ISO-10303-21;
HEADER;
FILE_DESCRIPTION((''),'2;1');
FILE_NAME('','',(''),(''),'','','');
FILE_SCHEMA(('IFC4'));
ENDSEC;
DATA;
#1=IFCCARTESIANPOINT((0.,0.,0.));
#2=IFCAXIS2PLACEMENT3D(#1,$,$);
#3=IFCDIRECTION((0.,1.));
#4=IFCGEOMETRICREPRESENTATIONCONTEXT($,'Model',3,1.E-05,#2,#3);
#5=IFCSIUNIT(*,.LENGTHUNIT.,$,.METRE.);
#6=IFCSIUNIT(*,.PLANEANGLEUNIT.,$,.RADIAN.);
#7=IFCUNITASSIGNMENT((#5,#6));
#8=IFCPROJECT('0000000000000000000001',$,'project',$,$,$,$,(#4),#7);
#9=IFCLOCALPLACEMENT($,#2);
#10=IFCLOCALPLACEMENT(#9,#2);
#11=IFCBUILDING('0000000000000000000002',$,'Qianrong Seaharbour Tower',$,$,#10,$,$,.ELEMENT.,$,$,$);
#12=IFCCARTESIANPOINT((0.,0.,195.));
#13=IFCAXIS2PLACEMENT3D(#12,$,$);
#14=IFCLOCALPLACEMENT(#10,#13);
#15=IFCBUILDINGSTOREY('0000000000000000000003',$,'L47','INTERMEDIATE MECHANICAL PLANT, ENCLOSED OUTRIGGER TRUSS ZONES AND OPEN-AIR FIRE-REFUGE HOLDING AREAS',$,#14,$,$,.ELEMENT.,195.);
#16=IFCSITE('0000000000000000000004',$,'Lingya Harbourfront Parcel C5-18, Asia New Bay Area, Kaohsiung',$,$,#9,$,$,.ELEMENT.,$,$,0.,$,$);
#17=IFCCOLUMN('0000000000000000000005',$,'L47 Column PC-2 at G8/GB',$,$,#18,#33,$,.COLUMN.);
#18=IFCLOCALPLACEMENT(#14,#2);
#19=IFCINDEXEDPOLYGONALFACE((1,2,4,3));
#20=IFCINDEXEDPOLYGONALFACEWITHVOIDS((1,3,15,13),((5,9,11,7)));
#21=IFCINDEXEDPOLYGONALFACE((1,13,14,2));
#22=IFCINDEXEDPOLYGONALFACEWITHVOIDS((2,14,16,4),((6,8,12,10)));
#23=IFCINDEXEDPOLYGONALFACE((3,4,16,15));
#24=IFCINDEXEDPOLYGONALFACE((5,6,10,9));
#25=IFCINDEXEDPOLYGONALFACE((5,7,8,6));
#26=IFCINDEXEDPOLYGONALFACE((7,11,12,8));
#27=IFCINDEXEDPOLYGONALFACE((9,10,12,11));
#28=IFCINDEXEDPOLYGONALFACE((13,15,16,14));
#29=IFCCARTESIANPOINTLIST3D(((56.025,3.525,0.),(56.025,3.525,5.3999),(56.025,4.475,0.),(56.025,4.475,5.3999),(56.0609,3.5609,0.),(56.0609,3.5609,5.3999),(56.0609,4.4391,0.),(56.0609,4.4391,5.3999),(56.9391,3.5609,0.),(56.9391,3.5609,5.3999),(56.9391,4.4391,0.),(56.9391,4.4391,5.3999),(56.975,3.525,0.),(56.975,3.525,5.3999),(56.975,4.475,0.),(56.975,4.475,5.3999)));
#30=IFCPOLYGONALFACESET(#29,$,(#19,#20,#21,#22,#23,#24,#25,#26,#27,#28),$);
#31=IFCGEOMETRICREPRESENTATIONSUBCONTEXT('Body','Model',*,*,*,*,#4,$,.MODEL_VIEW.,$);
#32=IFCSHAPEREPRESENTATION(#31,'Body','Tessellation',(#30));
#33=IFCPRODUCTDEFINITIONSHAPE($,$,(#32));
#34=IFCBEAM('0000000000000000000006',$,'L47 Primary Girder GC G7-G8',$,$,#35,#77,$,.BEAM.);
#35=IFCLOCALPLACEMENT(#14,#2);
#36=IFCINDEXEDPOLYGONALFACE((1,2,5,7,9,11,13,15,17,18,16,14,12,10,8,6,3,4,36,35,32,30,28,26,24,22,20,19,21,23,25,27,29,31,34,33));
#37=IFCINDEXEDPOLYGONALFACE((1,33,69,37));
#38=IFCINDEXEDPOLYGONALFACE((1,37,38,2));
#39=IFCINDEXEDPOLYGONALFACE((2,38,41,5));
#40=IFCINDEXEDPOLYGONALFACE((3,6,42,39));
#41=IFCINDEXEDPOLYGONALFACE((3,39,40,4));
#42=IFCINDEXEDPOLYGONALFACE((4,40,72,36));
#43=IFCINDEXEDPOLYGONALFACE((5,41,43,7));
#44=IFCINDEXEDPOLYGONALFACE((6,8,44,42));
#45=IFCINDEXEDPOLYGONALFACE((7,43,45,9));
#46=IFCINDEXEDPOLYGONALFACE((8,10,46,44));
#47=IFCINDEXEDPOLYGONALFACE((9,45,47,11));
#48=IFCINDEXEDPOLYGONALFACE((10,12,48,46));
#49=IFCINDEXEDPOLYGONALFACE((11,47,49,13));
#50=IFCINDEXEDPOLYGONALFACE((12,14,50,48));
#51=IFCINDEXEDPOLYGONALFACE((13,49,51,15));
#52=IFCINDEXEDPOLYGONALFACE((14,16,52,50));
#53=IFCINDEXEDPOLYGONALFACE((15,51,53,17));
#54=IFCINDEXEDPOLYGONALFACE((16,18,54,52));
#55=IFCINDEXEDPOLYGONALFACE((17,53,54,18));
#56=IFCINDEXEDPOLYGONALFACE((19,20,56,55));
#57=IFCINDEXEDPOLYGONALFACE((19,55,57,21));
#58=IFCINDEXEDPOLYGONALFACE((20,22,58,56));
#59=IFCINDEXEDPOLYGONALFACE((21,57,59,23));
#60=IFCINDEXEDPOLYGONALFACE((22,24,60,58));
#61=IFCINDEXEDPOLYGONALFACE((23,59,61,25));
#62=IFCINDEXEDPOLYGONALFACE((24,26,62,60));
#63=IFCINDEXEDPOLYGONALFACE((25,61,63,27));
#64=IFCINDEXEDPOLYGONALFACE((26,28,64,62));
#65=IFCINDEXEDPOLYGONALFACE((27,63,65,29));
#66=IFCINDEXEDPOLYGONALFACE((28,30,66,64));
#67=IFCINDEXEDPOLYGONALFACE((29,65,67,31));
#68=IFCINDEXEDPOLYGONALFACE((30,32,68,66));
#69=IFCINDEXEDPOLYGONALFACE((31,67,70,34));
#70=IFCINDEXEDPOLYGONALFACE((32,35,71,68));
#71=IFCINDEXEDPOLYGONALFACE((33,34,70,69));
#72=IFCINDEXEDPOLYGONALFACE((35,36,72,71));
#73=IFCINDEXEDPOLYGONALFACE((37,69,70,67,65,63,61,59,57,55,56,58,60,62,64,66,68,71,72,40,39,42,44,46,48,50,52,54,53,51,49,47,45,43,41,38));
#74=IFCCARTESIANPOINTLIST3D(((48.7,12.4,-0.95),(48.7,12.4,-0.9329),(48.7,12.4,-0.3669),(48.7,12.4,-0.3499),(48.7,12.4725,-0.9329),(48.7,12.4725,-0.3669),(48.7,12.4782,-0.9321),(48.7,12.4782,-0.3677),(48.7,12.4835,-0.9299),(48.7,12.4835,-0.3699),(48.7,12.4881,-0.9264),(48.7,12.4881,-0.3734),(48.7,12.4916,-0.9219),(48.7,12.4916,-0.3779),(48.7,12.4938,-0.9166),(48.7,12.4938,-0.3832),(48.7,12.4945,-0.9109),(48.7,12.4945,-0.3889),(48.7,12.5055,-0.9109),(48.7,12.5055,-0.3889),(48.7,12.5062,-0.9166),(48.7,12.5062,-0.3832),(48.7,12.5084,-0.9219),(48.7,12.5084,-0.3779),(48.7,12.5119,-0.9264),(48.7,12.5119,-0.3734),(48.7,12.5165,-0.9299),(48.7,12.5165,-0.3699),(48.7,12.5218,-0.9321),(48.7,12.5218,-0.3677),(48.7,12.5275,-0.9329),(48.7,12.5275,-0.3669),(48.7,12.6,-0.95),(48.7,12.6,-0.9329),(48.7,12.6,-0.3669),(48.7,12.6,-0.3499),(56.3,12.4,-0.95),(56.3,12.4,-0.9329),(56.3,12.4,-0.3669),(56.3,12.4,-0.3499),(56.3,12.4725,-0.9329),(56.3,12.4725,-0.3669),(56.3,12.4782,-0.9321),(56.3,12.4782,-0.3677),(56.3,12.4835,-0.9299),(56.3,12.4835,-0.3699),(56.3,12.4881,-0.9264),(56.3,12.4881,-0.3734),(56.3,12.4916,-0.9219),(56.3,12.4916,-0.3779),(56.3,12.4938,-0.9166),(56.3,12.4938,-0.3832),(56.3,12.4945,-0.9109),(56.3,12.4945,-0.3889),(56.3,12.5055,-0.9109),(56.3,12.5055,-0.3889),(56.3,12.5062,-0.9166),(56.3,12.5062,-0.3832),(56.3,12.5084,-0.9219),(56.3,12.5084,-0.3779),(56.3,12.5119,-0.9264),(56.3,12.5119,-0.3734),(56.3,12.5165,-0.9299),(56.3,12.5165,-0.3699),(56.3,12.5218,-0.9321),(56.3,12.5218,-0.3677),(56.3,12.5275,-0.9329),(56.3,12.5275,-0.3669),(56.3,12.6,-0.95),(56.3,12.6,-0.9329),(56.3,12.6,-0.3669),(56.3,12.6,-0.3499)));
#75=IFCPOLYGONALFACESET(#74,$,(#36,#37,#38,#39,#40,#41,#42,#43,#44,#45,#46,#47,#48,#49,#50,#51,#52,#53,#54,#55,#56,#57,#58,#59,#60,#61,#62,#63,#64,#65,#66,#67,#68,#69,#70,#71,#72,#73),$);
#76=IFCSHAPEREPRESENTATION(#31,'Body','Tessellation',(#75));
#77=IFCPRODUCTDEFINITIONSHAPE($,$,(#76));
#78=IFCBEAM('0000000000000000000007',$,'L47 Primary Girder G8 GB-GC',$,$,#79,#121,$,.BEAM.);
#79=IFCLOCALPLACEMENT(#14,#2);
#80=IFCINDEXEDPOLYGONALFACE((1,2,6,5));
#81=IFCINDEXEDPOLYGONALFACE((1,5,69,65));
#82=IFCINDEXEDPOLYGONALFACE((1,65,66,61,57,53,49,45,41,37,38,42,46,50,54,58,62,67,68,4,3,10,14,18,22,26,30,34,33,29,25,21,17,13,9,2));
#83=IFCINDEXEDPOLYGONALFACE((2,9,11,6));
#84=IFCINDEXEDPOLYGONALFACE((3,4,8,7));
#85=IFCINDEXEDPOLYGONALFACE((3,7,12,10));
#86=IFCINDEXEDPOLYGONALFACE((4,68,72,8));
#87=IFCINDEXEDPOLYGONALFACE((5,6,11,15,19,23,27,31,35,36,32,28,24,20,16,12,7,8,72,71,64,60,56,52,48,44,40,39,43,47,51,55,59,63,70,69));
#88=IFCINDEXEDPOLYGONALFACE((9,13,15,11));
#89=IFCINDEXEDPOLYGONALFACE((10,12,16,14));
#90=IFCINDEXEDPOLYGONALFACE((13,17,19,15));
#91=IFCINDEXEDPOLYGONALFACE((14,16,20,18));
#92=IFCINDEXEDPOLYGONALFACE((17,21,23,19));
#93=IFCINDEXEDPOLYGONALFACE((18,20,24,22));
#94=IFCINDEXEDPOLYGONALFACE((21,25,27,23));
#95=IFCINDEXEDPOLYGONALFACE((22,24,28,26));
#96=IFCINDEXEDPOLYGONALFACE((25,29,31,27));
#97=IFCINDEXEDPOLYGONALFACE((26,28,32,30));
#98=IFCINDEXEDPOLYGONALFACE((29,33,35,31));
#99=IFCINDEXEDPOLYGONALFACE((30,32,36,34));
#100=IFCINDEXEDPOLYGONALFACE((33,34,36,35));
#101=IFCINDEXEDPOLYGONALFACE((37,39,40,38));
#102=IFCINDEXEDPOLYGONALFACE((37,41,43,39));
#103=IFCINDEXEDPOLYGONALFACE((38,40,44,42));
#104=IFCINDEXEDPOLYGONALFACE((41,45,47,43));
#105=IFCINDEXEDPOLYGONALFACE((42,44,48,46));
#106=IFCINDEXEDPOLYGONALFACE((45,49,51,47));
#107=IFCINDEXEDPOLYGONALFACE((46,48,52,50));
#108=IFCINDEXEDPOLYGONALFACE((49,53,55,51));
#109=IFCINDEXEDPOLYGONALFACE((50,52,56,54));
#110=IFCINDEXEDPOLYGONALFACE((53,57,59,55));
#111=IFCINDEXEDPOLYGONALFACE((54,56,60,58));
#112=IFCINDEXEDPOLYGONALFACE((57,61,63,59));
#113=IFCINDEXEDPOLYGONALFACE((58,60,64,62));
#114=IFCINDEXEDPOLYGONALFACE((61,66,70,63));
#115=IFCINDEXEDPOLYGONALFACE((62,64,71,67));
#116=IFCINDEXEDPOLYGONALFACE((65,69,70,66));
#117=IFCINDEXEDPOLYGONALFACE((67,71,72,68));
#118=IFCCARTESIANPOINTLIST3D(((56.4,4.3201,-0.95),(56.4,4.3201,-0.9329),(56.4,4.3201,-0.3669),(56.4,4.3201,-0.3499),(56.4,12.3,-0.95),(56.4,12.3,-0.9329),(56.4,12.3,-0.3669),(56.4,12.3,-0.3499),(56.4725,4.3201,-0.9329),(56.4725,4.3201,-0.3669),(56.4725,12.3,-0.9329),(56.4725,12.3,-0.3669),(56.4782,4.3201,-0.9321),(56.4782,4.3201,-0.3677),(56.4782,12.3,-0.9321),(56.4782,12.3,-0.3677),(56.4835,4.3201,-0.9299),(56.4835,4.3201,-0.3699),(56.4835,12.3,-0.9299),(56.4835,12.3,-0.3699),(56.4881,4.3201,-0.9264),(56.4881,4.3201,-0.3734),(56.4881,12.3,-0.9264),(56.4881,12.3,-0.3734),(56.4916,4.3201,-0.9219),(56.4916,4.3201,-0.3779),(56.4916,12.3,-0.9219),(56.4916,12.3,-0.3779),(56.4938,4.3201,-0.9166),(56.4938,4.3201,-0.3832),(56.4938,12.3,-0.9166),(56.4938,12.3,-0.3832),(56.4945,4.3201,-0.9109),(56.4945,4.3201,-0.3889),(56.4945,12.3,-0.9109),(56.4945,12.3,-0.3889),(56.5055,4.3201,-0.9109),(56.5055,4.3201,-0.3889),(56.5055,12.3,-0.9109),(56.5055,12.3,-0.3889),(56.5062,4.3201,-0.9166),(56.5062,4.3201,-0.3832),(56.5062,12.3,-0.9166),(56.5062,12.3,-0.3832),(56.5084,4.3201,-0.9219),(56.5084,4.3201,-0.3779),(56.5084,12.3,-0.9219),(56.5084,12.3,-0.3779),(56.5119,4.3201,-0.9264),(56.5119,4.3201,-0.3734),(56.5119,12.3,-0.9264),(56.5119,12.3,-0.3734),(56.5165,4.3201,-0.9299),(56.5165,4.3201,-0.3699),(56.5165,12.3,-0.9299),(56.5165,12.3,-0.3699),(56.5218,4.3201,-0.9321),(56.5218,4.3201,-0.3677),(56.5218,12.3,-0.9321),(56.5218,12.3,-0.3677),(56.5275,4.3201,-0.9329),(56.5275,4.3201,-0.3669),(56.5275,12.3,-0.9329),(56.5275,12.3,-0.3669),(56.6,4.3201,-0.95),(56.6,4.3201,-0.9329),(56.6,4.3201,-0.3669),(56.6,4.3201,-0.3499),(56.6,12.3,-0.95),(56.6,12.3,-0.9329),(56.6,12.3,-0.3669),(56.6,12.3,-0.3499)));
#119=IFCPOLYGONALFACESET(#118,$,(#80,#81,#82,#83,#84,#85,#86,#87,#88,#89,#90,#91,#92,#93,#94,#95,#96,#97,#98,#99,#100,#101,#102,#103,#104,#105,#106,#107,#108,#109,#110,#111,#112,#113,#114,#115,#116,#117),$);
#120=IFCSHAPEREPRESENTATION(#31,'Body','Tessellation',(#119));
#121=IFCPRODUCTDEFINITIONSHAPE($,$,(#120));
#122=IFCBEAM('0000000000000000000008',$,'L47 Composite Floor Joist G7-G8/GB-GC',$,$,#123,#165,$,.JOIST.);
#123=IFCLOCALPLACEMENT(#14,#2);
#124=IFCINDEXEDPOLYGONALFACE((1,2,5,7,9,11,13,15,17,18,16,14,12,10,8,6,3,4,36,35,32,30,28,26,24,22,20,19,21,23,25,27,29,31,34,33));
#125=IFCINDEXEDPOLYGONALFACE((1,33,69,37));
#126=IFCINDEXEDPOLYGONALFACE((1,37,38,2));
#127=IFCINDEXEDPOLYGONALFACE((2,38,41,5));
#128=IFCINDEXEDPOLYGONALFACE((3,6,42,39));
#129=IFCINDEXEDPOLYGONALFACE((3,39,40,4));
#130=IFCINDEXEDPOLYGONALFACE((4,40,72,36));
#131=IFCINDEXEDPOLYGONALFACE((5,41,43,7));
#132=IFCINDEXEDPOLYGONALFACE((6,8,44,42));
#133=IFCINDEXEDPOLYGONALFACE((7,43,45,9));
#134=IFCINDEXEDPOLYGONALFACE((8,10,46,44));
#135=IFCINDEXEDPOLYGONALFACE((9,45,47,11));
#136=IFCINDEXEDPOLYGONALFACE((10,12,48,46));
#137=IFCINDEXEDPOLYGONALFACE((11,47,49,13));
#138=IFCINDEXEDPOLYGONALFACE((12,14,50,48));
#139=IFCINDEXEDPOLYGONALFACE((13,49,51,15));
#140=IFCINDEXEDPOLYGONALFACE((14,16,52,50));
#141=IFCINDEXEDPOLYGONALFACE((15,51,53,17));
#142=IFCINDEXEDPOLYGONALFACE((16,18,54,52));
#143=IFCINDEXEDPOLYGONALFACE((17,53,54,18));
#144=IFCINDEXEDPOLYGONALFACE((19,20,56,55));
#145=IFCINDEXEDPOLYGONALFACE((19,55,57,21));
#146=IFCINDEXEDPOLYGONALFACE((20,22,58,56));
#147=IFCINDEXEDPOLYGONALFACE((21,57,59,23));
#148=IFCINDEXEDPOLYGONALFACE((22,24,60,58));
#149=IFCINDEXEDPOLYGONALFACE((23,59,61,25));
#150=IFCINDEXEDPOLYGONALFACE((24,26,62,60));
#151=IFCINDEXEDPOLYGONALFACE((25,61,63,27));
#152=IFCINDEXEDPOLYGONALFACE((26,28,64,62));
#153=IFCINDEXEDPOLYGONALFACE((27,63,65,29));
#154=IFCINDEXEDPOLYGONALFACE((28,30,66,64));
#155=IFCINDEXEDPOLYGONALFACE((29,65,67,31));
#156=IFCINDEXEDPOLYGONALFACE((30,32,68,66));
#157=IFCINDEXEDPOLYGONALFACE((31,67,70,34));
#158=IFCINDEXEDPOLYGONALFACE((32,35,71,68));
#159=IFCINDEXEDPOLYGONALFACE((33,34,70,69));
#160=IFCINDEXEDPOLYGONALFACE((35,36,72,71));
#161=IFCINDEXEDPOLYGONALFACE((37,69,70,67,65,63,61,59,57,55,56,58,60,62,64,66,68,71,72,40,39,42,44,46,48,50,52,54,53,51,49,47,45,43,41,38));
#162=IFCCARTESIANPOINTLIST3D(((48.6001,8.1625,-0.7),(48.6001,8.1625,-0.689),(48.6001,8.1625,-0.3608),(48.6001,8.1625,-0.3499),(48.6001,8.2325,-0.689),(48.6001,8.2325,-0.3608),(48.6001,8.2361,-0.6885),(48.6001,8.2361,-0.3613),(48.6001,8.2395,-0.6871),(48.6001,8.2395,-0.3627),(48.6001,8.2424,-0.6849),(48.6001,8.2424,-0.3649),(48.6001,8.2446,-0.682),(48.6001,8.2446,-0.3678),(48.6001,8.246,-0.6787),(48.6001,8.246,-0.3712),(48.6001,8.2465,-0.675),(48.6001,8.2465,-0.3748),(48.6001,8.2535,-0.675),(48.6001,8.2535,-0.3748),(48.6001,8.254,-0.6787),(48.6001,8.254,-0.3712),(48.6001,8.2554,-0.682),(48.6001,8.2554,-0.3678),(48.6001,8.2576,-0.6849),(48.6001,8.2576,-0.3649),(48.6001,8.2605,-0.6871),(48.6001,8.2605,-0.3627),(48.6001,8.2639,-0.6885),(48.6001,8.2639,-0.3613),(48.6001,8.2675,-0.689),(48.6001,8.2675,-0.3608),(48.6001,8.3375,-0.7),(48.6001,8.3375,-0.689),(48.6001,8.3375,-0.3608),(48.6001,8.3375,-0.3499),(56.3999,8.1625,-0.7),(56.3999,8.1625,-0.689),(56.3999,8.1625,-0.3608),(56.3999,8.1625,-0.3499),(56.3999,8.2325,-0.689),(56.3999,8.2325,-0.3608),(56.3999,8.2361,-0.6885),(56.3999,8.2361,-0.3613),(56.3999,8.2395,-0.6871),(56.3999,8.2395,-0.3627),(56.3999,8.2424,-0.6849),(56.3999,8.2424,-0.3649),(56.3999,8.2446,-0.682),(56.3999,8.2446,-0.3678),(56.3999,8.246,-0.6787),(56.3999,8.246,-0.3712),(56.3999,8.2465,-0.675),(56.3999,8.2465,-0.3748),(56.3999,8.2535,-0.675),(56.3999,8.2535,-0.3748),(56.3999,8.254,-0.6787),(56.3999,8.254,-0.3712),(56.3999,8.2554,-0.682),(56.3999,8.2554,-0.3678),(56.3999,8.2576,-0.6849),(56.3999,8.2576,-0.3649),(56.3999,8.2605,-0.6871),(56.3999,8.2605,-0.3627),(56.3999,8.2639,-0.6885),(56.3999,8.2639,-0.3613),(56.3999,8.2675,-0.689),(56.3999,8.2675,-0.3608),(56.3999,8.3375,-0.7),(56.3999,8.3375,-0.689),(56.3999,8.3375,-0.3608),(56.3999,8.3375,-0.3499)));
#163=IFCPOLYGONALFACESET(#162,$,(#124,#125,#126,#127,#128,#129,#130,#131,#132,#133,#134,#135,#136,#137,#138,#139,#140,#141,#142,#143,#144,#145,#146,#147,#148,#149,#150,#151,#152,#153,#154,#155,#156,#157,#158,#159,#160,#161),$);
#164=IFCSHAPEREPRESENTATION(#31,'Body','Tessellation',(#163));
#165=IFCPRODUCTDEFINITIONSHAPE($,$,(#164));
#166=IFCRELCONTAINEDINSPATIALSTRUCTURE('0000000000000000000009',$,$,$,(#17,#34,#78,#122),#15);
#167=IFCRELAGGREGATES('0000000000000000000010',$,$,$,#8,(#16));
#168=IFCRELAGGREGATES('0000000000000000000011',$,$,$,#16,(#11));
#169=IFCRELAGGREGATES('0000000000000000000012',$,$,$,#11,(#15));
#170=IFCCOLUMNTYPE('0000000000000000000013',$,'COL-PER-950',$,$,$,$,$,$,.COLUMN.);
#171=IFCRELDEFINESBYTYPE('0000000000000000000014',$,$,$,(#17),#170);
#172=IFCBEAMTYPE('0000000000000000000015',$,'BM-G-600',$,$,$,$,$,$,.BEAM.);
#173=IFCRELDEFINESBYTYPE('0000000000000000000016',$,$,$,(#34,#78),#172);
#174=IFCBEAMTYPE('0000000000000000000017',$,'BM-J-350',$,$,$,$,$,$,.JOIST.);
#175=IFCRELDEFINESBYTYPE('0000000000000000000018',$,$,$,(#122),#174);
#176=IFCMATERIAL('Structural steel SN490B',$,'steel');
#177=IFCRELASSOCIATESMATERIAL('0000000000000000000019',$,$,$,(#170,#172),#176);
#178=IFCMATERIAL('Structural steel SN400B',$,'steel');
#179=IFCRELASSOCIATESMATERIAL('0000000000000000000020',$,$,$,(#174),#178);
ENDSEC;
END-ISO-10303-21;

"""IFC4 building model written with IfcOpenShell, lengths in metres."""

from ifc_helpers import new_model, si_unit, direction, frame, origin, origin_2d, place, context, subcontext, project, spatial, hollow_rectangle, i_section, extrude, material, material_profile, profile_set, type_object, element, save


model = new_model("IFC4")

# Units and contexts
model_context = context("Model", 3, precision=1e-05, world=origin(), true_north=direction((0.0, 1.0)))
body_context = subcontext(model_context, "Body", "Model", "MODEL_VIEW")
ifc_project = project(units=[si_unit("LENGTHUNIT", "METRE"), si_unit("PLANEANGLEUNIT", "RADIAN")], contexts=[model_context])

# Site, building, storey
site_placement = place(None, origin())
site = spatial("IfcSite", under=ifc_project, at=site_placement, Name="Lingya Harbourfront Parcel C5-18, Asia New Bay Area, Kaohsiung", CompositionType="ELEMENT", RefElevation=0.0)
building_placement = place(site_placement, origin())
building = spatial("IfcBuilding", under=site, at=building_placement, Name="Qianrong Seaharbour Tower", CompositionType="ELEMENT")
storey_placement = place(building_placement, frame((0.0, 0.0, 195.0)))
storey = spatial("IfcBuildingStorey", under=building, at=storey_placement, Name="L47", Description="INTERMEDIATE MECHANICAL PLANT, ENCLOSED OUTRIGGER TRUSS ZONES AND OPEN-AIR FIRE-REFUGE HOLDING AREAS", CompositionType="ELEMENT", Elevation=195.0)

# Column
ifc_material_1 = material(Name="Structural steel SN490B", Category="steel")
ifc_material_profile_1 = material_profile(ifc_material_1, hollow_rectangle(XDim=0.95, YDim=0.95, WallThickness=0.0359, at=origin_2d()), Name="BOX950x950x36")
ifc_profile_set_1 = profile_set([ifc_material_profile_1], Name="Structural steel SN490B")
column_type = type_object("IfcColumnType", Name="COL-PER-950", PredefinedType="COLUMN", material=ifc_profile_set_1)
column_placement = place(storey_placement, frame((56.5, 4.0, 0.0), z_axis=(0.0, 0.0, 1.0), x_axis=(1.0, 0.0, 0.0)))
element("IfcColumn", 1, at=column_placement, inside=storey, type_object=column_type, Name="L47 Column PC-2 at G8/GB", PredefinedType="COLUMN", context=body_context, shape_type="SweptSolid", body=[
    extrude(hollow_rectangle(XDim=0.95, YDim=0.95, WallThickness=0.0359, at=origin_2d()), origin(), (0.0, 0.0, 1.0), 5.3999),
])

# Beams
ifc_material_profile_2 = material_profile(ifc_material_1, i_section(OverallWidth=0.2, OverallDepth=0.6001, WebThickness=0.011, FlangeThickness=0.0171, FilletRadius=0.022, at=origin_2d()), Name="H600x200x11x17")
ifc_profile_set_2 = profile_set([ifc_material_profile_2], Name="Structural steel SN490B")
beam_type_1 = type_object("IfcBeamType", Name="BM-G-600", PredefinedType="BEAM", material=ifc_profile_set_2)
beam_1_placement = place(storey_placement, frame((48.7, 12.5, -0.6499), z_axis=(1.0, 0.0, 0.0), x_axis=(0.0, 1.0, 0.0)))
element("IfcBeam", 2, at=beam_1_placement, inside=storey, type_object=beam_type_1, Name="L47 Primary Girder GC G7-G8", PredefinedType="BEAM", context=body_context, shape_type="SweptSolid", body=[
    extrude(i_section(OverallWidth=0.2, OverallDepth=0.6001, WebThickness=0.011, FlangeThickness=0.0171, FilletRadius=0.022, at=origin_2d()), origin(), (0.0, 0.0, 1.0), 7.6001),
])
beam_2_placement = place(storey_placement, frame((56.5, 4.3201, -0.6499), z_axis=(0.0, 1.0, 0.0), x_axis=(-1.0, 0.0, 0.0)))
element("IfcBeam", 3, at=beam_2_placement, inside=storey, type_object=beam_type_1, Name="L47 Primary Girder G8 GB-GC", PredefinedType="BEAM", context=body_context, shape_type="SweptSolid", body=[
    extrude(i_section(OverallWidth=0.2, OverallDepth=0.6001, WebThickness=0.011, FlangeThickness=0.0171, FilletRadius=0.022, at=origin_2d()), origin(), (0.0, 0.0, 1.0), 7.98),
])
ifc_material_2 = material(Name="Structural steel SN400B", Category="steel")
ifc_material_profile_3 = material_profile(ifc_material_2, i_section(OverallWidth=0.175, OverallDepth=0.3501, WebThickness=0.0071, FlangeThickness=0.011, FilletRadius=0.0139, at=origin_2d()), Name="H350x175x7x11")
ifc_profile_set_3 = profile_set([ifc_material_profile_3], Name="Structural steel SN400B")
beam_type_2 = type_object("IfcBeamType", Name="BM-J-350", PredefinedType="JOIST", material=ifc_profile_set_3)
beam_3_placement = place(storey_placement, frame((48.6001, 8.25, -0.5249), z_axis=(1.0, 0.0, 0.0), x_axis=(0.0, 1.0, 0.0)))
element("IfcBeam", 4, at=beam_3_placement, inside=storey, type_object=beam_type_2, Name="L47 Composite Floor Joist G7-G8/GB-GC", PredefinedType="JOIST", context=body_context, shape_type="SweptSolid", body=[
    extrude(i_section(OverallWidth=0.175, OverallDepth=0.3501, WebThickness=0.0071, FlangeThickness=0.011, FilletRadius=0.0139, at=origin_2d()), origin(), (0.0, 0.0, 1.0), 7.7998),
])

save(model, "model.ifc")
